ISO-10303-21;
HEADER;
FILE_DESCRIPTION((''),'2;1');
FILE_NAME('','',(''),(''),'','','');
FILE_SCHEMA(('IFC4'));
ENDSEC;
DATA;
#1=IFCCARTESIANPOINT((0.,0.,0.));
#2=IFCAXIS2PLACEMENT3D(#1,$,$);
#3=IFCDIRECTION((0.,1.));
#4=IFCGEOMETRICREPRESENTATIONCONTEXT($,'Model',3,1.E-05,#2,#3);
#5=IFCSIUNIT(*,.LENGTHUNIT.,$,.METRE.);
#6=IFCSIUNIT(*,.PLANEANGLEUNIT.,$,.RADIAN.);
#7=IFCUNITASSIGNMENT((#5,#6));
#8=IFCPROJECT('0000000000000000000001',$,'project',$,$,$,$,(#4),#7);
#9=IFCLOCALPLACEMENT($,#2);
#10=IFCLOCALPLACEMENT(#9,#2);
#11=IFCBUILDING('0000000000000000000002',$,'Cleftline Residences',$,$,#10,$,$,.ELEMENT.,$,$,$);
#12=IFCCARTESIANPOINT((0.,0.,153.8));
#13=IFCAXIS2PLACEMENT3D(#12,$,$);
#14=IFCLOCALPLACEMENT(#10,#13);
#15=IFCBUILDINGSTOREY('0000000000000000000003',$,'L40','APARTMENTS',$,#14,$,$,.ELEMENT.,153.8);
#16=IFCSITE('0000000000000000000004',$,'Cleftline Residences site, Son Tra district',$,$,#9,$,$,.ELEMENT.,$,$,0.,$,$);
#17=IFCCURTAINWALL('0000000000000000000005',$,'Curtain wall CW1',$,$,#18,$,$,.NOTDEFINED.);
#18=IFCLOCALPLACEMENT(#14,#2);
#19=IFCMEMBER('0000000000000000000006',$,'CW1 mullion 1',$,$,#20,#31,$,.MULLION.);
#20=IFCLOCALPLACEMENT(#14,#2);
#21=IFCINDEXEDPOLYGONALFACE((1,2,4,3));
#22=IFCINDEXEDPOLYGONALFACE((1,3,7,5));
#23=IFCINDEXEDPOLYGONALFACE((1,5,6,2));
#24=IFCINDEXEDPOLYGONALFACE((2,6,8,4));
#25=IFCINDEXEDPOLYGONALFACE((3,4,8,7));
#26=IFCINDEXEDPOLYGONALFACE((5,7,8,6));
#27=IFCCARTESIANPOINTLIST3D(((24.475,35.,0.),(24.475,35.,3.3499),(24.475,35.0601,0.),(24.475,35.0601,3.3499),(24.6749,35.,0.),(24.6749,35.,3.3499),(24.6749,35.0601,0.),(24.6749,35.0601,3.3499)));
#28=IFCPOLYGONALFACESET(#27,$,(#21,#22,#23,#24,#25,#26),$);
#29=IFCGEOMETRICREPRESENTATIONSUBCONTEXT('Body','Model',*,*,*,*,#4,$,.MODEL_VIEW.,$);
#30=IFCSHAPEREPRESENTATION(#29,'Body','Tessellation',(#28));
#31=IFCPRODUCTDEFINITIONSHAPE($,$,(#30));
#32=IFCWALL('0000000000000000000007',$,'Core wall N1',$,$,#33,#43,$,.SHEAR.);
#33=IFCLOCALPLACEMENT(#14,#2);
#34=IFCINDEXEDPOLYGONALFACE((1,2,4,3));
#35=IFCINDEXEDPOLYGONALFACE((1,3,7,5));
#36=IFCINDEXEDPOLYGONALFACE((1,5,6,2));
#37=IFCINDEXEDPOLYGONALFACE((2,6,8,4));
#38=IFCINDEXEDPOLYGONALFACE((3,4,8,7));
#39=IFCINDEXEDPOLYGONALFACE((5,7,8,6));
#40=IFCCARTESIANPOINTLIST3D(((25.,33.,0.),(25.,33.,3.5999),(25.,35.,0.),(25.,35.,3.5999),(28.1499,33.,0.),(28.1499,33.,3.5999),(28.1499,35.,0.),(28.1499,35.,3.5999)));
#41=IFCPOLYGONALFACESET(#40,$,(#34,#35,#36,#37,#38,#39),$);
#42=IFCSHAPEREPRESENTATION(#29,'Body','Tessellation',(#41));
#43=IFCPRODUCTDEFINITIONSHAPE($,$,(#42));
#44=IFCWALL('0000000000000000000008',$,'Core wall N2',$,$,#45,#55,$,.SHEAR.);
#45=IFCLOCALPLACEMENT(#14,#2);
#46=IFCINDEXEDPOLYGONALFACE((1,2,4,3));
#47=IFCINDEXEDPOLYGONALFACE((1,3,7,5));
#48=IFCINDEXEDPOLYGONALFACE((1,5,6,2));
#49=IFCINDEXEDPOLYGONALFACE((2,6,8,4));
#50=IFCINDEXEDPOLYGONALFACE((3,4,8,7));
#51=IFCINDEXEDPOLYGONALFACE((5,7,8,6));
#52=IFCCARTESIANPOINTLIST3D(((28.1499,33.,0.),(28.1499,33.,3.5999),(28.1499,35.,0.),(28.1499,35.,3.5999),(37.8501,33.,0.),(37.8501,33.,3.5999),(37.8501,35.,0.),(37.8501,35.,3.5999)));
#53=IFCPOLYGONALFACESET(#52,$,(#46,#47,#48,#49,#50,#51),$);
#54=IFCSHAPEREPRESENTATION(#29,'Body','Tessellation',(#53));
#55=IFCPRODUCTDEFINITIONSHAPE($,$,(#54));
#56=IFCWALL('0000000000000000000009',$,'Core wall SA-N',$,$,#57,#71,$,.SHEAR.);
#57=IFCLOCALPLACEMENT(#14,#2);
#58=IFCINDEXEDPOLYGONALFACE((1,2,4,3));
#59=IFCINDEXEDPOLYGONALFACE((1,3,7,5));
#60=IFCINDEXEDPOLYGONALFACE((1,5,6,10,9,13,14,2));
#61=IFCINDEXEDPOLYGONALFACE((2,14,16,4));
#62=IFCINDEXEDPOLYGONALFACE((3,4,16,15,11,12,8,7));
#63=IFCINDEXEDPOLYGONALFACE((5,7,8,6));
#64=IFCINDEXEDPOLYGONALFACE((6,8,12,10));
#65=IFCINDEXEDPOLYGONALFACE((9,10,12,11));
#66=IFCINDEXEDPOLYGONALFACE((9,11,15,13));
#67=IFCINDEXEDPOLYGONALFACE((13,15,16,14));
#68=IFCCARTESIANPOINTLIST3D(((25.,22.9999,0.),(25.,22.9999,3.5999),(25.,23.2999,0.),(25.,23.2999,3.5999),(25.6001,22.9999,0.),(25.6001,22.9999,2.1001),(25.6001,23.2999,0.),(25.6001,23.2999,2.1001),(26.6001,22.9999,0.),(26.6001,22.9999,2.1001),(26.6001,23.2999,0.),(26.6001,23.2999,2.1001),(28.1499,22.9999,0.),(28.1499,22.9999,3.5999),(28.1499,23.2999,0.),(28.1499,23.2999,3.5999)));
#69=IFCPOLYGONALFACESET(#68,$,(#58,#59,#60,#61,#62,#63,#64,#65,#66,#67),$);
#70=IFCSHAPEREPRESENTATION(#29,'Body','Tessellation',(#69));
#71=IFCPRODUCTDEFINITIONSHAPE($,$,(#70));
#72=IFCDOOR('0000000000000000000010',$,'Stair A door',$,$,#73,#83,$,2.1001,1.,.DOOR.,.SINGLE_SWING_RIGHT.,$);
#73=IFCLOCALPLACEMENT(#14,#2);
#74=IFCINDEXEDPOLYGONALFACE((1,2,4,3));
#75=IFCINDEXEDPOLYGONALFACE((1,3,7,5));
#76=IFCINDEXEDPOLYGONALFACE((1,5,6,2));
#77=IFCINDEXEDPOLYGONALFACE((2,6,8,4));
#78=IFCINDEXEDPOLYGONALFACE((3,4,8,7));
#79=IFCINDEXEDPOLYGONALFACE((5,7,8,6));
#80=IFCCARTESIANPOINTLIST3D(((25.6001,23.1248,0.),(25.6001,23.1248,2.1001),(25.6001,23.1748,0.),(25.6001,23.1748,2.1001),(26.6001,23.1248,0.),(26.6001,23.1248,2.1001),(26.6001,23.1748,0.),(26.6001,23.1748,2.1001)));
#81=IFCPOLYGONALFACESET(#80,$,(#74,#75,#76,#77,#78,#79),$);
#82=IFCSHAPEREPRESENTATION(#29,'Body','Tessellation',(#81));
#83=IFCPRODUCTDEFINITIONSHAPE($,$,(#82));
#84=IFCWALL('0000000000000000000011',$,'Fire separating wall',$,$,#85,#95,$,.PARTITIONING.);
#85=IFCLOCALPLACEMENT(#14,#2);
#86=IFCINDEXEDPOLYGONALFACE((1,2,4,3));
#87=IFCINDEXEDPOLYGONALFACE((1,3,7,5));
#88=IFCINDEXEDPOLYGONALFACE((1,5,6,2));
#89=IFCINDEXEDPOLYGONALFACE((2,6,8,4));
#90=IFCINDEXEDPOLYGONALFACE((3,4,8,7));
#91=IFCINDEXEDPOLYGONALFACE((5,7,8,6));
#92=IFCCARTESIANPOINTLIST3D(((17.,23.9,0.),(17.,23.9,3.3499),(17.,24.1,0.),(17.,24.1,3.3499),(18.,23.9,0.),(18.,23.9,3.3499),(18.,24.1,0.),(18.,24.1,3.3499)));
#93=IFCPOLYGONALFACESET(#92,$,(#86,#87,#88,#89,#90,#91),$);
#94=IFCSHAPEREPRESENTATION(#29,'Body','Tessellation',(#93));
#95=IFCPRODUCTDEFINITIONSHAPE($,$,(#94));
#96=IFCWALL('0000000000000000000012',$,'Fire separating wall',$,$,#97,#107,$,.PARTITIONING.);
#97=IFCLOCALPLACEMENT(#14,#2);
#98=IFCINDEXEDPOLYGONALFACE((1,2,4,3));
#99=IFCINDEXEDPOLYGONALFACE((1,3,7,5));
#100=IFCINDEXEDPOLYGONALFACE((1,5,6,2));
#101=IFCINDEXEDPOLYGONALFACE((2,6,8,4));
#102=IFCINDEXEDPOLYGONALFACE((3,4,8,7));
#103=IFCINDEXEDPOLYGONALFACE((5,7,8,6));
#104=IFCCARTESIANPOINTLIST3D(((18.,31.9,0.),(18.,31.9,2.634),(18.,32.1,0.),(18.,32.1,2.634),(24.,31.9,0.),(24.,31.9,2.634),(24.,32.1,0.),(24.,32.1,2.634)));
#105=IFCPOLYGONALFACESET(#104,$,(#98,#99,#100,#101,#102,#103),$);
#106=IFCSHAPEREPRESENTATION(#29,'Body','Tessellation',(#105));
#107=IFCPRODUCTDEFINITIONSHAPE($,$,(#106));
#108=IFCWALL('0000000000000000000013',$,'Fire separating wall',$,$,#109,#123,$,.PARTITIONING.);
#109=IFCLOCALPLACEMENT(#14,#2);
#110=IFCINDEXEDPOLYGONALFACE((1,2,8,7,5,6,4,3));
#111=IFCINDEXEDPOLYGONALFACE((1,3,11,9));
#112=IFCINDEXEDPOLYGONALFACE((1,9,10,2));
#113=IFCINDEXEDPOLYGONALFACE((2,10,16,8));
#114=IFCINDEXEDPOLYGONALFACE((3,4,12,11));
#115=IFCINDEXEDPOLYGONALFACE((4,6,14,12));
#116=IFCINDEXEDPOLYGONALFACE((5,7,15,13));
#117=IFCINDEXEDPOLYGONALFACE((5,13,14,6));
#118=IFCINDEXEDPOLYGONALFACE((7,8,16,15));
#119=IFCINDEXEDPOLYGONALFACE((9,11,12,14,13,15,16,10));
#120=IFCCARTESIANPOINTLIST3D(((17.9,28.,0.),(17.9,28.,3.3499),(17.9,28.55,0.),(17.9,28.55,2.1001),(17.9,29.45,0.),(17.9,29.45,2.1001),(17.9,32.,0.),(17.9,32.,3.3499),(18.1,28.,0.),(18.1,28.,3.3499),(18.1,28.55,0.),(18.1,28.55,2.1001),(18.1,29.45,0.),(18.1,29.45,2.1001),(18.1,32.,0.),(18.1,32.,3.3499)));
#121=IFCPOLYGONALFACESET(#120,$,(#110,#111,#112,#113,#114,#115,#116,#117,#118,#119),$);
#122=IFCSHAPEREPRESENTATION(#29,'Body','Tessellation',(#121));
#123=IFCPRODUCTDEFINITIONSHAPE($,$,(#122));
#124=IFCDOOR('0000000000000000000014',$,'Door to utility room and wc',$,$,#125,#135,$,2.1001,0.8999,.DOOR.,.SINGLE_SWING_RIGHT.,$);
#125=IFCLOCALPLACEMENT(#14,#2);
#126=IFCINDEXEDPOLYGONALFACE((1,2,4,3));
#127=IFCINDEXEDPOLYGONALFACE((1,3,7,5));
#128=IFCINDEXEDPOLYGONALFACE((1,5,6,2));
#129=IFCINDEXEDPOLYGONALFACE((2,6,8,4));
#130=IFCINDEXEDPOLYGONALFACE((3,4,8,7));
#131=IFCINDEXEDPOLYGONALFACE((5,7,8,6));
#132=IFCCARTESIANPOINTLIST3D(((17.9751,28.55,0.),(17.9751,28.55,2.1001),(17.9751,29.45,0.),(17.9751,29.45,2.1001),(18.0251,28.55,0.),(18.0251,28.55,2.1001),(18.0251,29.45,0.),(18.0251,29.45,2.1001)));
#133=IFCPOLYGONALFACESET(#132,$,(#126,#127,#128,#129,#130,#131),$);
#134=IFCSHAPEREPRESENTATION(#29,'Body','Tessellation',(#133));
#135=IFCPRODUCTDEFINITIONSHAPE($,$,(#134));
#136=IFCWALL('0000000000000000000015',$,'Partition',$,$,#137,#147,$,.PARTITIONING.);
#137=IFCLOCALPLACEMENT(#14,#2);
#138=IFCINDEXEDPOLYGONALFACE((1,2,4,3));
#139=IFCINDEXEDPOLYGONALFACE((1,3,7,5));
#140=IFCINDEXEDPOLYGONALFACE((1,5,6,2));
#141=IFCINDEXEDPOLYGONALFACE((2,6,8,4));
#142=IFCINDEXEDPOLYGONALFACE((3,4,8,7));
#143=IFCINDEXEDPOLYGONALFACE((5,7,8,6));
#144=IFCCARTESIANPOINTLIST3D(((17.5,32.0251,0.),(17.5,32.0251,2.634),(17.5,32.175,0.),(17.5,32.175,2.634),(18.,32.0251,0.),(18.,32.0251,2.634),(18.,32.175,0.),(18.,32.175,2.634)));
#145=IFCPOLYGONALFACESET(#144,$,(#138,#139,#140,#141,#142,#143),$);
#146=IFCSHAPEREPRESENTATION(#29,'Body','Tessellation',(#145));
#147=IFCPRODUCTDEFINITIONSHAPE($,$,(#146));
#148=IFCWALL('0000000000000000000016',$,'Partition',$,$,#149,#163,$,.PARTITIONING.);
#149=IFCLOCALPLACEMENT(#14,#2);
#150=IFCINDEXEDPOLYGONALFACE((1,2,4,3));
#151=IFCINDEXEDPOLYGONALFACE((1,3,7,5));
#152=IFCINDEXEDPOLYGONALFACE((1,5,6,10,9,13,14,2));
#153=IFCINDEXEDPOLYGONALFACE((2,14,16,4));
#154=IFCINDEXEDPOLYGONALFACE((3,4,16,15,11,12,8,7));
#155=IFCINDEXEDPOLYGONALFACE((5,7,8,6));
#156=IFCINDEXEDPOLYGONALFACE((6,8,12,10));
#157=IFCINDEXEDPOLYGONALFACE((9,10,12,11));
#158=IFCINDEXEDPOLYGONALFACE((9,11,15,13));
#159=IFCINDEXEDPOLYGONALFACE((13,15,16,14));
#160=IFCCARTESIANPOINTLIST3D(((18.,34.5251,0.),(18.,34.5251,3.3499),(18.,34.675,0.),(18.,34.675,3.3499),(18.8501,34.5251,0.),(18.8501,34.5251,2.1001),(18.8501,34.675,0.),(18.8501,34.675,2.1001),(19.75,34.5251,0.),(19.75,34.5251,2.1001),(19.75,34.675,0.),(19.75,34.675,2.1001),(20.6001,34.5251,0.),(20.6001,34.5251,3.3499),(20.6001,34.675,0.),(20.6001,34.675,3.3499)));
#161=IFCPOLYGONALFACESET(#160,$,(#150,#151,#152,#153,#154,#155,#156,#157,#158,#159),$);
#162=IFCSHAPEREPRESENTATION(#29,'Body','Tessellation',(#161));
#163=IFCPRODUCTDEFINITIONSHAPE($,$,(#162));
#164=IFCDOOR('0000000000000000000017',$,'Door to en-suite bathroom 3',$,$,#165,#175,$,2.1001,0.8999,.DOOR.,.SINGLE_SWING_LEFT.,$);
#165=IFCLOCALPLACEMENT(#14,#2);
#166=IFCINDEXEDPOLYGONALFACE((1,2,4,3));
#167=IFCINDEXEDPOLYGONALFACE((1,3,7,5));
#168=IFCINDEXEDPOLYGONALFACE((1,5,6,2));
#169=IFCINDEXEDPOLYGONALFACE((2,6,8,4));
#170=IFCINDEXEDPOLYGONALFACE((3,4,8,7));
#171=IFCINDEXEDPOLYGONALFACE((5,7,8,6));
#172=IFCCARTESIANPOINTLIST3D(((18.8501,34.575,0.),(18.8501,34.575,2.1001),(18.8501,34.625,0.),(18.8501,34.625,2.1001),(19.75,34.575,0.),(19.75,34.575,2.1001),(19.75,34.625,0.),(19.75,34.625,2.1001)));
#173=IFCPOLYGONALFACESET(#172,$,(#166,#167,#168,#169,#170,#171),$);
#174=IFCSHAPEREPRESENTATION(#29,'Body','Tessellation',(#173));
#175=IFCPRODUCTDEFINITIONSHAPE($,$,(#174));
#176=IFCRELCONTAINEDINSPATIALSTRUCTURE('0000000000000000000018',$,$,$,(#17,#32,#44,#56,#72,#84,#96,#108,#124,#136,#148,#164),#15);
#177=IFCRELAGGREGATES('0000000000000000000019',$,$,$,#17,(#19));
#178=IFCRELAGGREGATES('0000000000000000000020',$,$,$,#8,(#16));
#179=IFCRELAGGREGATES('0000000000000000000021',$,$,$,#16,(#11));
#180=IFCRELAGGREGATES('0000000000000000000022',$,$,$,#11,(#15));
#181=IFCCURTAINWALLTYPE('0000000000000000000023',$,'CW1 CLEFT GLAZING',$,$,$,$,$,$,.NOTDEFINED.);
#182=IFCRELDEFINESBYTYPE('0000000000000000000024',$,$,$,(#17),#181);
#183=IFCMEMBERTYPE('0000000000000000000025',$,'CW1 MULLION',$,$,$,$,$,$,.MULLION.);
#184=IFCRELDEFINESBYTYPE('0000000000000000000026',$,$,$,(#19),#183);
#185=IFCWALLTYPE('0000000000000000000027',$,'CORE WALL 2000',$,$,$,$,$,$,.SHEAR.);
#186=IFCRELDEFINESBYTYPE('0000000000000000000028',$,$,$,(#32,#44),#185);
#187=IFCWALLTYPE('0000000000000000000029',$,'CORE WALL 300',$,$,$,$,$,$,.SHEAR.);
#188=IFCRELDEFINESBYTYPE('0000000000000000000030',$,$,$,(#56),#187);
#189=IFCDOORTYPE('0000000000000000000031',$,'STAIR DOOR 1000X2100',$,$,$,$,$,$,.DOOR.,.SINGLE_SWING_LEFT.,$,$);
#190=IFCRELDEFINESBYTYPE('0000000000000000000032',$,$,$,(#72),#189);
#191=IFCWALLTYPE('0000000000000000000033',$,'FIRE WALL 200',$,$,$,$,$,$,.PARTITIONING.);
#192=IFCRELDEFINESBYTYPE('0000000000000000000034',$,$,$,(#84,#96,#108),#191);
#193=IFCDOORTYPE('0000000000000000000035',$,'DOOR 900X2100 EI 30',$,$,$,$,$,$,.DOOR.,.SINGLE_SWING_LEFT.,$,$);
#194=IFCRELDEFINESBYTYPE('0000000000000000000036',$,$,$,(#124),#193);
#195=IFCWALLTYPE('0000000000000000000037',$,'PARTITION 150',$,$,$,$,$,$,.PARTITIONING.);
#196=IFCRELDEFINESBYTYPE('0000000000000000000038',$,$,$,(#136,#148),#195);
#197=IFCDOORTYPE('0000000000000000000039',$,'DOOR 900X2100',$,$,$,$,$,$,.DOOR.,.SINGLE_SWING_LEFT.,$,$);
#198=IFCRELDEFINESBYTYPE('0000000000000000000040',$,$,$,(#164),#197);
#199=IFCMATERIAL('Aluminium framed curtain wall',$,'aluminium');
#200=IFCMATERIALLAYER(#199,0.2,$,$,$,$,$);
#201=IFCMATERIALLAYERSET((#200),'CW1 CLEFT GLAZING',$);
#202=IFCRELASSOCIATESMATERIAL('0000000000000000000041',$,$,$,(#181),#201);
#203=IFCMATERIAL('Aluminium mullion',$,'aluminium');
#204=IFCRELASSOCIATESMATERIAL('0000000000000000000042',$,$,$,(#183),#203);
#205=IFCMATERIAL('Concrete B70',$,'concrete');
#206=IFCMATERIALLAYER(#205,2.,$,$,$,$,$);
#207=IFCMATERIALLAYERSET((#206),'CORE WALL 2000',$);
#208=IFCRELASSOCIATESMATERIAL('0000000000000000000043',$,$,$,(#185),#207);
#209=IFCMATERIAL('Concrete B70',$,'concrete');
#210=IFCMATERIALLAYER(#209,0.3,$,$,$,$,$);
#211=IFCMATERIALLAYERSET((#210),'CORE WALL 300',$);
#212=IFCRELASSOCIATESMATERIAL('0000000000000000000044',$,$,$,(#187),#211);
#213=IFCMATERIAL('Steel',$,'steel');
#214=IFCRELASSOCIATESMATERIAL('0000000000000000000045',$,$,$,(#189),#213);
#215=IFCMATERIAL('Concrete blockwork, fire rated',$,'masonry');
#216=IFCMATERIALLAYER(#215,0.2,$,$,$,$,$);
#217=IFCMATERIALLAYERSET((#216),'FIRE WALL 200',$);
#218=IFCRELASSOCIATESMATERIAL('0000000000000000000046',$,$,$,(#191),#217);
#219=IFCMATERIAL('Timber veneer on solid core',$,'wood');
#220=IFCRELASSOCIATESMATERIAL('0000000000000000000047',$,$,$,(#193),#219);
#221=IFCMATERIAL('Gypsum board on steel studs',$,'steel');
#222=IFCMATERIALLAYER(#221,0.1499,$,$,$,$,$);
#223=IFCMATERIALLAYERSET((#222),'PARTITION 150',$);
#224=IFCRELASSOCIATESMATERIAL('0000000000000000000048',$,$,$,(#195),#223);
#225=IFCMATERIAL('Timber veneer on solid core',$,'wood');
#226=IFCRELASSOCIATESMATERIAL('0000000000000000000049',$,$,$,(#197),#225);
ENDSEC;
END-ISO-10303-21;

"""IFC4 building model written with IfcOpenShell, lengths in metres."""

from ifc_helpers import new_model, si_unit, direction, frame, frame_2d, origin, origin_2d, place, context, subcontext, project, spatial, rectangle, extrude, material, layer, layer_set, material_profile, profile_set, type_object, element, fill, aggregate, save


model = new_model("IFC4")

# Units and contexts
model_context = context("Model", 3, precision=1e-05, world=origin(), true_north=direction((0.0, 1.0)))
body_context = subcontext(model_context, "Body", "Model", "MODEL_VIEW")
ifc_project = project(units=[si_unit("LENGTHUNIT", "METRE"), si_unit("PLANEANGLEUNIT", "RADIAN")], contexts=[model_context])

# Site, building, storey
site_placement = place(None, origin())
site = spatial("IfcSite", under=ifc_project, at=site_placement, Name="Cleftline Residences site, Son Tra district", CompositionType="ELEMENT", RefElevation=0.0)
building_placement = place(site_placement, origin())
building = spatial("IfcBuilding", under=site, at=building_placement, Name="Cleftline Residences", CompositionType="ELEMENT")
storey_placement = place(building_placement, frame((0.0, 0.0, 153.8)))
storey = spatial("IfcBuildingStorey", under=building, at=storey_placement, Name="L40", Description="APARTMENTS", CompositionType="ELEMENT", Elevation=153.8)

# Curtain wall, member
ifc_material_1 = material(Name="Aluminium framed curtain wall", Category="aluminium")
ifc_layer_1 = layer(ifc_material_1, 0.2)
ifc_layer_set_1 = layer_set([ifc_layer_1], Name="CW1 CLEFT GLAZING")
curtain_wall_type = type_object("IfcCurtainWallType", Name="CW1 CLEFT GLAZING", PredefinedType="NOTDEFINED", material=ifc_layer_set_1)
curtain_wall_placement = place(storey_placement, origin())
curtain_wall = element("IfcCurtainWall", 1, at=curtain_wall_placement, inside=storey, type_object=curtain_wall_type, Name="Curtain wall CW1", PredefinedType="NOTDEFINED")
ifc_material_2 = material(Name="Aluminium mullion", Category="aluminium")
ifc_material_profile = material_profile(ifc_material_2, rectangle(XDim=0.2, YDim=0.0601, at=origin_2d()))
ifc_profile_set = profile_set([ifc_material_profile], Name="Aluminium mullion")
member_type = type_object("IfcMemberType", Name="CW1 MULLION", PredefinedType="MULLION", material=ifc_profile_set)
member_placement = place(storey_placement, frame((24.575, 35.03, 0.0), z_axis=(0.0, 0.0, 1.0), x_axis=(-1.0, 0.0, 0.0)))
member = element("IfcMember", 2, at=member_placement, type_object=member_type, Name="CW1 mullion 1", PredefinedType="MULLION", context=body_context, shape_type="SweptSolid", body=[
    extrude(rectangle(XDim=0.2, YDim=0.0601, at=origin_2d()), origin(), (0.0, 0.0, 1.0), 3.3499),
])
aggregate(curtain_wall, [member])

# Walls
ifc_material_3 = material(Name="Concrete B70", Category="concrete")
ifc_layer_2 = layer(ifc_material_3, 2.0)
ifc_layer_set_2 = layer_set([ifc_layer_2], Name="CORE WALL 2000")
wall_type_1 = type_object("IfcWallType", Name="CORE WALL 2000", PredefinedType="SHEAR", material=ifc_layer_set_2)
wall_1_placement = place(storey_placement, frame((25.0, 34.0, 0.0), z_axis=(0.0, 0.0, 1.0), x_axis=(1.0, 0.0, 0.0)))
element("IfcWall", 3, at=wall_1_placement, inside=storey, type_object=wall_type_1, Name="Core wall N1", PredefinedType="SHEAR", context=body_context, shape_type="SweptSolid", body=[
    extrude(rectangle(XDim=3.1499, YDim=2.0, at=frame_2d((1.575, 0.0))), origin(), (0.0, 0.0, 1.0), 3.5999),
])
wall_2_placement = place(storey_placement, frame((28.1499, 34.0, 0.0), z_axis=(0.0, 0.0, 1.0), x_axis=(1.0, 0.0, 0.0)))
element("IfcWall", 4, at=wall_2_placement, inside=storey, type_object=wall_type_1, Name="Core wall N2", PredefinedType="SHEAR", context=body_context, shape_type="SweptSolid", body=[
    extrude(rectangle(XDim=9.7002, YDim=2.0, at=frame_2d((4.8501, 0.0))), origin(), (0.0, 0.0, 1.0), 3.5999),
])

# Wall, opening, door
ifc_material_4 = material(Name="Concrete B70", Category="concrete")
ifc_layer_3 = layer(ifc_material_4, 0.3)
ifc_layer_set_3 = layer_set([ifc_layer_3], Name="CORE WALL 300")
wall_type_2 = type_object("IfcWallType", Name="CORE WALL 300", PredefinedType="SHEAR", material=ifc_layer_set_3)
wall_3_placement = place(storey_placement, frame((25.0, 23.1499, 0.0), z_axis=(0.0, 0.0, 1.0), x_axis=(1.0, 0.0, 0.0)))
wall_3 = element("IfcWall", 5, at=wall_3_placement, inside=storey, type_object=wall_type_2, Name="Core wall SA-N", PredefinedType="SHEAR", context=body_context, shape_type="SweptSolid", body=[
    extrude(rectangle(XDim=3.1499, YDim=0.3, at=frame_2d((1.575, 0.0))), origin(), (0.0, 0.0, 1.0), 3.5999),
])
opening_1_placement = place(wall_3_placement, frame((0.6001, 0.0, 0.0)))
opening_1 = element("IfcOpeningElement", 6, at=opening_1_placement, cuts=wall_3, PredefinedType="OPENING", context=body_context, shape_type="SweptSolid", body=[
    extrude(rectangle(XDim=1.0, YDim=2.1001, at=frame_2d((0.5, 1.05))), frame((0.0, 0.1599, 0.0), z_axis=(0.0, -1.0, 0.0), x_axis=(1.0, 0.0, 0.0)), (0.0, 0.0, 1.0), 0.3201),
])
ifc_material_5 = material(Name="Steel", Category="steel")
door_type_1 = type_object("IfcDoorType", Name="STAIR DOOR 1000X2100", OperationType="SINGLE_SWING_LEFT", PredefinedType="DOOR", material=ifc_material_5)
door_1_placement = place(opening_1_placement, origin())
door_1 = element("IfcDoor", 7, at=door_1_placement, inside=storey, type_object=door_type_1, Name="Stair A door", OperationType="SINGLE_SWING_RIGHT", OverallHeight=2.1001, OverallWidth=1.0, PredefinedType="DOOR", context=body_context, shape_type="SweptSolid", body=[
    extrude(rectangle(XDim=1.0, YDim=2.1001, at=frame_2d((0.5, 1.05))), frame((0.0, 0.0249, 0.0), z_axis=(0.0, -1.0, 0.0), x_axis=(1.0, 0.0, 0.0)), (0.0, 0.0, 1.0), 0.05),
])
fill(opening_1, door_1)

# Walls
ifc_material_6 = material(Name="Concrete blockwork, fire rated", Category="masonry")
ifc_layer_4 = layer(ifc_material_6, 0.2)
ifc_layer_set_4 = layer_set([ifc_layer_4], Name="FIRE WALL 200")
wall_type_3 = type_object("IfcWallType", Name="FIRE WALL 200", PredefinedType="PARTITIONING", material=ifc_layer_set_4)
wall_4_placement = place(storey_placement, frame((17.0, 24.0, 0.0), z_axis=(0.0, 0.0, 1.0), x_axis=(1.0, 0.0, 0.0)))
element("IfcWall", 8, at=wall_4_placement, inside=storey, type_object=wall_type_3, Name="Fire separating wall", PredefinedType="PARTITIONING", context=body_context, shape_type="SweptSolid", body=[
    extrude(rectangle(XDim=1.0, YDim=0.2, at=frame_2d((0.5, 0.0))), origin(), (0.0, 0.0, 1.0), 3.3499),
])
wall_5_placement = place(storey_placement, frame((18.0, 32.0, 0.0), z_axis=(0.0, 0.0, 1.0), x_axis=(1.0, 0.0, 0.0)))
element("IfcWall", 9, at=wall_5_placement, inside=storey, type_object=wall_type_3, Name="Fire separating wall", PredefinedType="PARTITIONING", context=body_context, shape_type="SweptSolid", body=[
    extrude(rectangle(XDim=6.0, YDim=0.2, at=frame_2d((3.0, 0.0))), origin(), (0.0, 0.0, 1.0), 2.634),
])

# Wall, opening, door
wall_6_placement = place(storey_placement, frame((18.0, 28.0, 0.0), z_axis=(0.0, 0.0, 1.0), x_axis=(0.0, 1.0, 0.0)))
wall_6 = element("IfcWall", 10, at=wall_6_placement, inside=storey, type_object=wall_type_3, Name="Fire separating wall", PredefinedType="PARTITIONING", context=body_context, shape_type="SweptSolid", body=[
    extrude(rectangle(XDim=4.0, YDim=0.2, at=frame_2d((2.0, 0.0))), origin(), (0.0, 0.0, 1.0), 3.3499),
])
opening_2_placement = place(wall_6_placement, frame((0.55, 0.0, 0.0)))
opening_2 = element("IfcOpeningElement", 11, at=opening_2_placement, cuts=wall_6, PredefinedType="OPENING", context=body_context, shape_type="SweptSolid", body=[
    extrude(rectangle(XDim=0.8999, YDim=2.1001, at=frame_2d((0.45, 1.05))), frame((0.0, 0.1099, 0.0), z_axis=(0.0, -1.0, 0.0), x_axis=(1.0, 0.0, 0.0)), (0.0, 0.0, 1.0), 0.22),
])
ifc_material_7 = material(Name="Timber veneer on solid core", Category="wood")
door_type_2 = type_object("IfcDoorType", Name="DOOR 900X2100 EI 30", OperationType="SINGLE_SWING_LEFT", PredefinedType="DOOR", material=ifc_material_7)
door_2_placement = place(opening_2_placement, origin())
door_2 = element("IfcDoor", 12, at=door_2_placement, inside=storey, type_object=door_type_2, Name="Door to utility room and wc", OperationType="SINGLE_SWING_RIGHT", OverallHeight=2.1001, OverallWidth=0.8999, PredefinedType="DOOR", context=body_context, shape_type="SweptSolid", body=[
    extrude(rectangle(XDim=0.8999, YDim=2.1001, at=frame_2d((0.45, 1.05))), frame((0.0, 0.0249, 0.0), z_axis=(0.0, -1.0, 0.0), x_axis=(1.0, 0.0, 0.0)), (0.0, 0.0, 1.0), 0.05),
])
fill(opening_2, door_2)

# Wall
ifc_material_8 = material(Name="Gypsum board on steel studs", Category="steel")
ifc_layer_5 = layer(ifc_material_8, 0.1499)
ifc_layer_set_5 = layer_set([ifc_layer_5], Name="PARTITION 150")
wall_type_4 = type_object("IfcWallType", Name="PARTITION 150", PredefinedType="PARTITIONING", material=ifc_layer_set_5)
wall_7_placement = place(storey_placement, frame((17.5, 32.1001, 0.0), z_axis=(0.0, 0.0, 1.0), x_axis=(1.0, 0.0, 0.0)))
element("IfcWall", 13, at=wall_7_placement, inside=storey, type_object=wall_type_4, Name="Partition", PredefinedType="PARTITIONING", context=body_context, shape_type="SweptSolid", body=[
    extrude(rectangle(XDim=0.5, YDim=0.1499, at=frame_2d((0.25, 0.0))), origin(), (0.0, 0.0, 1.0), 2.634),
])

# Wall, opening, door
wall_8_placement = place(storey_placement, frame((18.0, 34.6001, 0.0), z_axis=(0.0, 0.0, 1.0), x_axis=(1.0, 0.0, 0.0)))
wall_8 = element("IfcWall", 14, at=wall_8_placement, inside=storey, type_object=wall_type_4, Name="Partition", PredefinedType="PARTITIONING", context=body_context, shape_type="SweptSolid", body=[
    extrude(rectangle(XDim=2.6001, YDim=0.1499, at=frame_2d((1.3, 0.0))), origin(), (0.0, 0.0, 1.0), 3.3499),
])
opening_3_placement = place(wall_8_placement, frame((0.8501, 0.0, 0.0)))
opening_3 = element("IfcOpeningElement", 15, at=opening_3_placement, cuts=wall_8, PredefinedType="OPENING", context=body_context, shape_type="SweptSolid", body=[
    extrude(rectangle(XDim=0.8999, YDim=2.1001, at=frame_2d((0.45, 1.05))), frame((0.0, 0.085, 0.0), z_axis=(0.0, -1.0, 0.0), x_axis=(1.0, 0.0, 0.0)), (0.0, 0.0, 1.0), 0.1699),
])
ifc_material_9 = material(Name="Timber veneer on solid core", Category="wood")
door_type_3 = type_object("IfcDoorType", Name="DOOR 900X2100", OperationType="SINGLE_SWING_LEFT", PredefinedType="DOOR", material=ifc_material_9)
door_3_placement = place(opening_3_placement, origin())
door_3 = element("IfcDoor", 16, at=door_3_placement, inside=storey, type_object=door_type_3, Name="Door to en-suite bathroom 3", OperationType="SINGLE_SWING_LEFT", OverallHeight=2.1001, OverallWidth=0.8999, PredefinedType="DOOR", context=body_context, shape_type="SweptSolid", body=[
    extrude(rectangle(XDim=0.8999, YDim=2.1001, at=frame_2d((0.45, 1.05))), frame((0.0, 0.0249, 0.0), z_axis=(0.0, -1.0, 0.0), x_axis=(1.0, 0.0, 0.0)), (0.0, 0.0, 1.0), 0.05),
])
fill(opening_3, door_3)

save(model, "model.ifc")
